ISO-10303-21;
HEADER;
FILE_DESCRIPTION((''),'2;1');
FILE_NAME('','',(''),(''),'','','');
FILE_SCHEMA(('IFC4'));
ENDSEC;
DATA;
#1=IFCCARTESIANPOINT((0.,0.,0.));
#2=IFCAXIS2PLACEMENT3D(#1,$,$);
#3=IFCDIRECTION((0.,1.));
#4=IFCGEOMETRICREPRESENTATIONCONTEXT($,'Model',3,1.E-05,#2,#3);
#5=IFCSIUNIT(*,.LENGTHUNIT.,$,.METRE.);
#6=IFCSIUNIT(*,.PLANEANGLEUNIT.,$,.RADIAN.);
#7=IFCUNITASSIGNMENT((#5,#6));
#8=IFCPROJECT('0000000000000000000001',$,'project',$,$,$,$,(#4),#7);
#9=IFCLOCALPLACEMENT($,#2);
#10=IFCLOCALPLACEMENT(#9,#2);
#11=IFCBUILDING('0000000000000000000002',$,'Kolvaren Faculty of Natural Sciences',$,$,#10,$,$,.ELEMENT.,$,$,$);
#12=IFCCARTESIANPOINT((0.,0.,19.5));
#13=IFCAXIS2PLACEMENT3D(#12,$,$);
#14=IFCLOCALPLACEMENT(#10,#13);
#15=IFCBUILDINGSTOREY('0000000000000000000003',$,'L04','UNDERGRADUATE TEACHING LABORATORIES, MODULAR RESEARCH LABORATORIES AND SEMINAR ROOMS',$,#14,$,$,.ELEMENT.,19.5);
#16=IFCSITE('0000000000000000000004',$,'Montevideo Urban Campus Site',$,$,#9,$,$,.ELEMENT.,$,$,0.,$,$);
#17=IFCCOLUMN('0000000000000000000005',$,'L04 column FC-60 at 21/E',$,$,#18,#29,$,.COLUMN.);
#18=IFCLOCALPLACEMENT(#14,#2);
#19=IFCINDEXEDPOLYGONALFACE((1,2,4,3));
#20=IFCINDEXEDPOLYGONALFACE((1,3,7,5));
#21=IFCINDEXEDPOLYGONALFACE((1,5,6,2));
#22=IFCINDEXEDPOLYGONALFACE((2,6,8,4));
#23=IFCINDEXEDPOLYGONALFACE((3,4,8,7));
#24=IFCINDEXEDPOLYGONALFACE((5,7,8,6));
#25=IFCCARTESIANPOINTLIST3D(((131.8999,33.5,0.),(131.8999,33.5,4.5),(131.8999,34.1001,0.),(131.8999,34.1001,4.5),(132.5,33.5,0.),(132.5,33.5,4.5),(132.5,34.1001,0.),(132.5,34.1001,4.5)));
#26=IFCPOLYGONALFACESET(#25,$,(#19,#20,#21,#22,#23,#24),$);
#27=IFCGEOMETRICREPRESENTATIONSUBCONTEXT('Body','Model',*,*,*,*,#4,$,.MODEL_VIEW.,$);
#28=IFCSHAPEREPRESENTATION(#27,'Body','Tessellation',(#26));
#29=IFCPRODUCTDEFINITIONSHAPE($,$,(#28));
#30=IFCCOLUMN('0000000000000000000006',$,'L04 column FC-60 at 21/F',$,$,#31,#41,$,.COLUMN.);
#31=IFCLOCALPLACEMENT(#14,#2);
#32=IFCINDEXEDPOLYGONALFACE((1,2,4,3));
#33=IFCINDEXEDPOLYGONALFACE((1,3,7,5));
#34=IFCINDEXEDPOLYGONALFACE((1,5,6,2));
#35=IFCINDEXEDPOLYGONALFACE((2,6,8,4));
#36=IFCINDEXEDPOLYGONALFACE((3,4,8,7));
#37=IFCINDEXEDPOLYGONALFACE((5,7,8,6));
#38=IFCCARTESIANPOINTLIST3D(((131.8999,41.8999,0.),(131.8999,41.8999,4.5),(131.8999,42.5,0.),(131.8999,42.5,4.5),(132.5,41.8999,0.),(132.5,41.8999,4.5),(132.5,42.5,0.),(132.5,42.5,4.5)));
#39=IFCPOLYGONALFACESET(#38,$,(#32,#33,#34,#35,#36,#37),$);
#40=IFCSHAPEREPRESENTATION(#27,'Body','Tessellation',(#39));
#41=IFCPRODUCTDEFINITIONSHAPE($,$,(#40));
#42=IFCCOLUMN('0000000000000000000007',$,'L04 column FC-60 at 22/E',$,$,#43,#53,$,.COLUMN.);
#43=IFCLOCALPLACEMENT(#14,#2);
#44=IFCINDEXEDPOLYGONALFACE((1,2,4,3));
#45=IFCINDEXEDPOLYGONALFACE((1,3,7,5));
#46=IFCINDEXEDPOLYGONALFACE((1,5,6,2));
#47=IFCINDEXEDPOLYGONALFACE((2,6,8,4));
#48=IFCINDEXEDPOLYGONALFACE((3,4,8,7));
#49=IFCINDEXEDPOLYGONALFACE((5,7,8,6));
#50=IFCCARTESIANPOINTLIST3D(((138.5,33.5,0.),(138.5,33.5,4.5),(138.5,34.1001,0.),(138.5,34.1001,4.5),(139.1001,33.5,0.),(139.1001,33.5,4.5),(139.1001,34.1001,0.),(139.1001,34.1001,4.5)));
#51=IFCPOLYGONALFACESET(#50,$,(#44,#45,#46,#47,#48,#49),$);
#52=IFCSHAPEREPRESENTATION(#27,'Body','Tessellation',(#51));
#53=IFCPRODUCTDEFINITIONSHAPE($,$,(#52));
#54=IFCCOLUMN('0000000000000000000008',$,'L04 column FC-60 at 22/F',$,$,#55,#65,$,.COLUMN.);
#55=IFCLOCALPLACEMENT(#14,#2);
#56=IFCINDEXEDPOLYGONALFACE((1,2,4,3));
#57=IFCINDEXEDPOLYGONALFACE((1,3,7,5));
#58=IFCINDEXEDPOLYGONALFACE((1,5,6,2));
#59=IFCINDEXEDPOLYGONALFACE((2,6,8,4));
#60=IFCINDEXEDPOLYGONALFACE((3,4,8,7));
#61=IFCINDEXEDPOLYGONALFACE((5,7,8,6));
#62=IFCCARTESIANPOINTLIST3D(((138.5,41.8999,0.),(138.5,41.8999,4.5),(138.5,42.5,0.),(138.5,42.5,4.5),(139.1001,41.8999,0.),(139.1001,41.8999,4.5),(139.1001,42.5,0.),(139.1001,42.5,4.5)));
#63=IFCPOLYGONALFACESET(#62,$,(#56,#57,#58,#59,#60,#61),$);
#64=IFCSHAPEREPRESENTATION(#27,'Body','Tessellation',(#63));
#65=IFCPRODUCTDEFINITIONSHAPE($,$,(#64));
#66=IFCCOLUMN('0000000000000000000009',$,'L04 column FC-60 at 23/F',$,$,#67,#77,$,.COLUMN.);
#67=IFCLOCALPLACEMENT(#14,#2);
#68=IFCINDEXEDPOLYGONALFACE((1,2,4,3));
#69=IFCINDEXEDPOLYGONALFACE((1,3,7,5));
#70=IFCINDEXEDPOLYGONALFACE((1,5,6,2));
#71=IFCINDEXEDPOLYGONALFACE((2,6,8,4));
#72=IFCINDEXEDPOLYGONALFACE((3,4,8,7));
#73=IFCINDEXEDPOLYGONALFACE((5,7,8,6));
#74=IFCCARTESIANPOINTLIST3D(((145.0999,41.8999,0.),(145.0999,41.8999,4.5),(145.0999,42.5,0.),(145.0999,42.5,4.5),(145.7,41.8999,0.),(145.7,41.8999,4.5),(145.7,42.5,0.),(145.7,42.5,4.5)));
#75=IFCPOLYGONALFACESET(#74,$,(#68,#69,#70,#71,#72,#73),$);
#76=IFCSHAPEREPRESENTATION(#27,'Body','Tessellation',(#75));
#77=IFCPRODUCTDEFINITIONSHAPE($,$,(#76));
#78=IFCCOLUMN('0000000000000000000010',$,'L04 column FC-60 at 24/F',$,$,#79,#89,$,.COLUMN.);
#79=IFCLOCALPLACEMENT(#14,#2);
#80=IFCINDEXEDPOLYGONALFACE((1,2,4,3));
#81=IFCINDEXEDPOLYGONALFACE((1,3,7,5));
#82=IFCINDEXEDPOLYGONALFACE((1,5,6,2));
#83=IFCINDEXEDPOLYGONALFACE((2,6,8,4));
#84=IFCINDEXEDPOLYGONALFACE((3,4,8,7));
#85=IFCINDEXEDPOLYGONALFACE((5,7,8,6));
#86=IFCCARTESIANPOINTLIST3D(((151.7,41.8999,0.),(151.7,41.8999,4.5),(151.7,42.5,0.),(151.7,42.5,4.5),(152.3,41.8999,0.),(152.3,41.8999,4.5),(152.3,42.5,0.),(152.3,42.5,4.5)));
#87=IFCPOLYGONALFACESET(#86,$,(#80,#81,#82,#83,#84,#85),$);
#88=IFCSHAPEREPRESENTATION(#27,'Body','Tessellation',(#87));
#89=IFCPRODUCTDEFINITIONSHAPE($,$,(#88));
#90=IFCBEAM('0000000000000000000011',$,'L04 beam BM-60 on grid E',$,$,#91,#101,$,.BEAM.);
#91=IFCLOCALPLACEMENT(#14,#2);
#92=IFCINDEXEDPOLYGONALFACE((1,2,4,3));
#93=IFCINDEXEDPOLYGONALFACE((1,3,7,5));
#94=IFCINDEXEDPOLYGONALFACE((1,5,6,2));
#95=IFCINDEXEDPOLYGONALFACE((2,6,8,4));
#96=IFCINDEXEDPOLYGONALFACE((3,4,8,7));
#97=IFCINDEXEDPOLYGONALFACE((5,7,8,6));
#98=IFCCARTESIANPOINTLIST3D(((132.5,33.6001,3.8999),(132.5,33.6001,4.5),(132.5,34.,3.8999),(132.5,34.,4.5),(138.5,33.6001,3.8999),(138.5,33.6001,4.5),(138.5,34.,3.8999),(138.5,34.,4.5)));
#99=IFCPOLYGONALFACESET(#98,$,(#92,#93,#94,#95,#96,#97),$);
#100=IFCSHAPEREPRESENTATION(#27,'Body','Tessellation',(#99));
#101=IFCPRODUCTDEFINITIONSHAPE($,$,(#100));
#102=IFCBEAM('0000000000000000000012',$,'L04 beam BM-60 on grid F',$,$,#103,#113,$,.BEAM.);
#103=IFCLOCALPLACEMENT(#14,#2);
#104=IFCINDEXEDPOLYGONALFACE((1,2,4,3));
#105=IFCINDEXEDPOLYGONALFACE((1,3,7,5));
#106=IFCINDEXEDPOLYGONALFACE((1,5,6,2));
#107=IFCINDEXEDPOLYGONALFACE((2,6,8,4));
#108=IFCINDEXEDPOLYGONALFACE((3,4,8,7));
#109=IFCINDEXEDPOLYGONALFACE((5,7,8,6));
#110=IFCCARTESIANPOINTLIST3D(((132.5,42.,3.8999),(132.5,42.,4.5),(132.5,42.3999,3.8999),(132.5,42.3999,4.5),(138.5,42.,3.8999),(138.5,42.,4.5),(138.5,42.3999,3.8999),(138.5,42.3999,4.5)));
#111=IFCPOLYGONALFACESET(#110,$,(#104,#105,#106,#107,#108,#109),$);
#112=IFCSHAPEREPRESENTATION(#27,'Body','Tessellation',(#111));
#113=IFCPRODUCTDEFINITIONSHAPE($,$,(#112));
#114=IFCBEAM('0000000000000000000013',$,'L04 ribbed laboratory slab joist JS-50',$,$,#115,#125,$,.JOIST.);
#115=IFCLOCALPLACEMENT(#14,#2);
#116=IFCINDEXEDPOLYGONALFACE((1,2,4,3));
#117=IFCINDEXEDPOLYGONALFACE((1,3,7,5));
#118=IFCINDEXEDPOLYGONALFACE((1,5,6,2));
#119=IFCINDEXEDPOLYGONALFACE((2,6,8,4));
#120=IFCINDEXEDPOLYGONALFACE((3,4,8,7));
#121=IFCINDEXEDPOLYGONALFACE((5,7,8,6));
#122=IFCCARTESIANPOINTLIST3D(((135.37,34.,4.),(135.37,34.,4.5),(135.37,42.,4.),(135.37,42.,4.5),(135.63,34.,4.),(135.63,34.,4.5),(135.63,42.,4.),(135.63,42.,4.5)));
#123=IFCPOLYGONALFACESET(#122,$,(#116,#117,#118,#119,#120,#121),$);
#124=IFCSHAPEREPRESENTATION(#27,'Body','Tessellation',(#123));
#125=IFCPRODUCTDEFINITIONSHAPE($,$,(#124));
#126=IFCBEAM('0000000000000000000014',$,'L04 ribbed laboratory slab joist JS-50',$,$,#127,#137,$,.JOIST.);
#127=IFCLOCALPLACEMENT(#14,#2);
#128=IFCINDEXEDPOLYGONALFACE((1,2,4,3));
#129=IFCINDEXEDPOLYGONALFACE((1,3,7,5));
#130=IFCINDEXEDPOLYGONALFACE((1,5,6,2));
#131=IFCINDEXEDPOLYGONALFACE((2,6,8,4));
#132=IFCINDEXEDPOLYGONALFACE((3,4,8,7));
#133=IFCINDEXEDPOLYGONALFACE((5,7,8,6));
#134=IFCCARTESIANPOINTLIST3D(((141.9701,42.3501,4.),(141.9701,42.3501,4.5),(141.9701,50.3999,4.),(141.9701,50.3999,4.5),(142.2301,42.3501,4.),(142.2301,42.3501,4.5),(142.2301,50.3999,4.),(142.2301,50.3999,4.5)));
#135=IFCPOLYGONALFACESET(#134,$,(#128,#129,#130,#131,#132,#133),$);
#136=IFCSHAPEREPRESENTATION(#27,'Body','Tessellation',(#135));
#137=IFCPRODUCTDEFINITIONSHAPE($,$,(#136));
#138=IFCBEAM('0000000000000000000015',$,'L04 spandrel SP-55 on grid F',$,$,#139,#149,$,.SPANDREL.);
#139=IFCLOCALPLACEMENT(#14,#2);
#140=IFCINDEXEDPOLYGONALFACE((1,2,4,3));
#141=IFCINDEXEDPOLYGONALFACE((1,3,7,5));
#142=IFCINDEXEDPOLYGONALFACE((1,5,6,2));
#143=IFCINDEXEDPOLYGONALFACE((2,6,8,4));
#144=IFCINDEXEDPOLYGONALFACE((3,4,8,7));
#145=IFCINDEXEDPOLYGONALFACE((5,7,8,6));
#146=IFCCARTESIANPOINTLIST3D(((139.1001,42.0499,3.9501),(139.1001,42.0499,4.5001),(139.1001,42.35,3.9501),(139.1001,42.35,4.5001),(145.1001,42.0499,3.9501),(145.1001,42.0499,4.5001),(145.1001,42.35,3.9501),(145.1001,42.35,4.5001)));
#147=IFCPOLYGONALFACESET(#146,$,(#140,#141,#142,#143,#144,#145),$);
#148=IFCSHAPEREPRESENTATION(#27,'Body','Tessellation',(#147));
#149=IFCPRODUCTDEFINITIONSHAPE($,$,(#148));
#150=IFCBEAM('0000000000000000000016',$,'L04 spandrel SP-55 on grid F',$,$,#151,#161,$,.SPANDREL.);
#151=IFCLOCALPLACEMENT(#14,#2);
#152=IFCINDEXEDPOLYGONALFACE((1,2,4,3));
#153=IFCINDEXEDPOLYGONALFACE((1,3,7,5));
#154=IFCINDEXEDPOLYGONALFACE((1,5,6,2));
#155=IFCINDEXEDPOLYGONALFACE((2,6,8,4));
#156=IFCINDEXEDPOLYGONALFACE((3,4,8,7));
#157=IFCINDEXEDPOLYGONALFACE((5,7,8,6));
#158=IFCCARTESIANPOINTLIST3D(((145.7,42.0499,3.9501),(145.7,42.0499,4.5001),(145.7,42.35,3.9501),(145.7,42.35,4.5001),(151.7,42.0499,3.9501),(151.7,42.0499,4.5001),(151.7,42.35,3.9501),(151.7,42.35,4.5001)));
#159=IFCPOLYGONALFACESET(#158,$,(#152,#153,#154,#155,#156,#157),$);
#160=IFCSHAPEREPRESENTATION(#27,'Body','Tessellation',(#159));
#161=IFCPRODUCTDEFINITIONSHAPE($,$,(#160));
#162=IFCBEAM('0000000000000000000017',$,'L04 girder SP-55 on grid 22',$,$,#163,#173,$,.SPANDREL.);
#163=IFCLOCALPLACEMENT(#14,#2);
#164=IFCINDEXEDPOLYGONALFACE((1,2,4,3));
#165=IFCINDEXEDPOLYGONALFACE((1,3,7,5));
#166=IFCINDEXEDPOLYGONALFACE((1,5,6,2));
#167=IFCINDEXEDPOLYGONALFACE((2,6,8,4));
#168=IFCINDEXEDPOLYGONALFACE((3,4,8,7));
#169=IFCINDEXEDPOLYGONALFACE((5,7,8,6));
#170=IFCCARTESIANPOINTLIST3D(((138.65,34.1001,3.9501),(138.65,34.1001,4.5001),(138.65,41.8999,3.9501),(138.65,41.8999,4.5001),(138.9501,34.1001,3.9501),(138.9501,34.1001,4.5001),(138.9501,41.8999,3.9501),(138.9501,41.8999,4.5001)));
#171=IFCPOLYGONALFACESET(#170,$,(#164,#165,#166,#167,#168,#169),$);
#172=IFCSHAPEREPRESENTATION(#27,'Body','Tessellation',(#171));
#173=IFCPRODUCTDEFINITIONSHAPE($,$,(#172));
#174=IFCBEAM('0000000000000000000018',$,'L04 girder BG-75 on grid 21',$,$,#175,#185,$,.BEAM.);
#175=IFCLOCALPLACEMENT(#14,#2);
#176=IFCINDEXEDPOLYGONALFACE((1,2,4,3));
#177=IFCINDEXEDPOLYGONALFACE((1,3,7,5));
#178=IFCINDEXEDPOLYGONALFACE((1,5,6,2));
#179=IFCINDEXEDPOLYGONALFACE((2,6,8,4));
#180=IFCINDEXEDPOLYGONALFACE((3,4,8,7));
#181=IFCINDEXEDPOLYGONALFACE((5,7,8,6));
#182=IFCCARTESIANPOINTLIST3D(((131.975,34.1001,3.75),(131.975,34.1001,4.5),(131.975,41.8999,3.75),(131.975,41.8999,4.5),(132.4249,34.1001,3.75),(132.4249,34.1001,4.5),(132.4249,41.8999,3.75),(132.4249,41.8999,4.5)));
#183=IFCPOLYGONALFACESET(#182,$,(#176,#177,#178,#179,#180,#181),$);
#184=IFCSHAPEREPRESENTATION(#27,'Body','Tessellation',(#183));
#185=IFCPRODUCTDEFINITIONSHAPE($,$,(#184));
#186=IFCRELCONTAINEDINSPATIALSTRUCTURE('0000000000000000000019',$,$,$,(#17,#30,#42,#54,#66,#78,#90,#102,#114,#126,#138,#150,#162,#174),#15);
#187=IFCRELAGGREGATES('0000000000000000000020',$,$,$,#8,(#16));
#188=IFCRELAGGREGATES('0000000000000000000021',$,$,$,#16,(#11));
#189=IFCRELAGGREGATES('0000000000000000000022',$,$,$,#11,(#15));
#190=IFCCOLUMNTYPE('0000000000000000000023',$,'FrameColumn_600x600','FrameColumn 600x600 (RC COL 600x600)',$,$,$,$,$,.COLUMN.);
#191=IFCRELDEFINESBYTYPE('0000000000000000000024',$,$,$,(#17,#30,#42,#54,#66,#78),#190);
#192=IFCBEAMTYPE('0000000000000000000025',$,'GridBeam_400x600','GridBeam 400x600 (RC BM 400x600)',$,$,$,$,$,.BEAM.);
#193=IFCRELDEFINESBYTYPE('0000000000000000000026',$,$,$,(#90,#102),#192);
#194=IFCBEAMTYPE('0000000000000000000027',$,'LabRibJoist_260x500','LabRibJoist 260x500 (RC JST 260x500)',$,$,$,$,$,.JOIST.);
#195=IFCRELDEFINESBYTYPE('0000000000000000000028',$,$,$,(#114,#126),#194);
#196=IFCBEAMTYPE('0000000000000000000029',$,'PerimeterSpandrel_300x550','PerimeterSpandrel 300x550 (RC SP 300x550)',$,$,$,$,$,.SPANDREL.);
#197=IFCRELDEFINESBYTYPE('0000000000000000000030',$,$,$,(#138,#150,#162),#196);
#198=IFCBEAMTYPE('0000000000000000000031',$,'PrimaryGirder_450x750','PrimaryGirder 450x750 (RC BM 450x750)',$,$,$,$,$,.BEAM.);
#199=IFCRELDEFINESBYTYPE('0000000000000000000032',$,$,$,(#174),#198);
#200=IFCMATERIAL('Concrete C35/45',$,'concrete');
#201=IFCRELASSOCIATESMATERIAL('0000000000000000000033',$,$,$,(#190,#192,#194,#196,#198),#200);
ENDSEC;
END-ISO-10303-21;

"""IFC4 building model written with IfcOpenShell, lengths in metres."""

from ifc_helpers import new_model, si_unit, direction, frame, origin, origin_2d, place, context, subcontext, project, spatial, rectangle, extrude, material, material_profile, profile_set, type_object, element, save


model = new_model("IFC4")

# Units and contexts
model_context = context("Model", 3, precision=1e-05, world=origin(), true_north=direction((0.0, 1.0)))
body_context = subcontext(model_context, "Body", "Model", "MODEL_VIEW")
ifc_project = project(units=[si_unit("LENGTHUNIT", "METRE"), si_unit("PLANEANGLEUNIT", "RADIAN")], contexts=[model_context])

# Site, building, storey
site_placement = place(None, origin())
site = spatial("IfcSite", under=ifc_project, at=site_placement, Name="Montevideo Urban Campus Site", CompositionType="ELEMENT", RefElevation=0.0)
building_placement = place(site_placement, origin())
building = spatial("IfcBuilding", under=site, at=building_placement, Name="Kolvaren Faculty of Natural Sciences", CompositionType="ELEMENT")
storey_placement = place(building_placement, frame((0.0, 0.0, 19.5)))
storey = spatial("IfcBuildingStorey", under=building, at=storey_placement, Name="L04", Description="UNDERGRADUATE TEACHING LABORATORIES, MODULAR RESEARCH LABORATORIES AND SEMINAR ROOMS", CompositionType="ELEMENT", Elevation=19.5)

# Columns
ifc_material_1 = material(Name="Concrete C35/45", Category="concrete")
ifc_material_profile_1 = material_profile(ifc_material_1, rectangle(XDim=0.6001, YDim=0.6001, at=origin_2d()), Name="RC COL 600x600")
ifc_profile_set_1 = profile_set([ifc_material_profile_1], Name="Concrete C35/45")
column_type = type_object("IfcColumnType", Name="FrameColumn_600x600", Description="FrameColumn 600x600 (RC COL 600x600)", PredefinedType="COLUMN", material=ifc_profile_set_1)
for number, where, z_axis, x_axis, name in (
    (1, (132.2, 33.8, 0.0), (0.0, 0.0, 1.0), (1.0, 0.0, 0.0), "L04 column FC-60 at 21/E"),
    (2, (132.2, 42.2, 0.0), (0.0, 0.0, 1.0), (1.0, 0.0, 0.0), "L04 column FC-60 at 21/F"),
    (3, (138.8, 33.8, 0.0), (0.0, 0.0, 1.0), (1.0, 0.0, 0.0), "L04 column FC-60 at 22/E"),
    (4, (138.8, 42.2, 0.0), (0.0, 0.0, 1.0), (1.0, 0.0, 0.0), "L04 column FC-60 at 22/F"),
    (5, (145.3999, 42.2, 0.0), (0.0, 0.0, 1.0), (1.0, 0.0, 0.0), "L04 column FC-60 at 23/F"),
    (6, (152.0, 42.2, 0.0), (0.0, 0.0, 1.0), (1.0, 0.0, 0.0), "L04 column FC-60 at 24/F"),
):
    element("IfcColumn", number, at=place(storey_placement, frame(where, z_axis=z_axis, x_axis=x_axis)), inside=storey, type_object=column_type, Name=name, PredefinedType="COLUMN", context=body_context, shape_type="SweptSolid", body=[
        extrude(rectangle(XDim=0.6001, YDim=0.6001, at=origin_2d()), origin(), (0.0, 0.0, 1.0), 4.5),
    ])

# Beams
ifc_material_profile_2 = material_profile(ifc_material_1, rectangle(XDim=0.3999, YDim=0.6001, at=origin_2d()), Name="RC BM 400x600")
ifc_profile_set_2 = profile_set([ifc_material_profile_2], Name="Concrete C35/45")
beam_type_1 = type_object("IfcBeamType", Name="GridBeam_400x600", Description="GridBeam 400x600 (RC BM 400x600)", PredefinedType="BEAM", material=ifc_profile_set_2)
for number, where, z_axis, x_axis, name in (
    (7, (132.5, 33.8, 4.2), (1.0, 0.0, 0.0), (0.0, 1.0, 0.0), "L04 beam BM-60 on grid E"),
    (8, (132.5, 42.2, 4.2), (1.0, 0.0, 0.0), (0.0, 1.0, 0.0), "L04 beam BM-60 on grid F"),
):
    element("IfcBeam", number, at=place(storey_placement, frame(where, z_axis=z_axis, x_axis=x_axis)), inside=storey, type_object=beam_type_1, Name=name, PredefinedType="BEAM", context=body_context, shape_type="SweptSolid", body=[
        extrude(rectangle(XDim=0.3999, YDim=0.6001, at=origin_2d()), origin(), (0.0, 0.0, 1.0), 6.0),
    ])
ifc_material_profile_3 = material_profile(ifc_material_1, rectangle(XDim=0.26, YDim=0.5, at=origin_2d()), Name="RC JST 260x500")
ifc_profile_set_3 = profile_set([ifc_material_profile_3], Name="Concrete C35/45")
beam_type_2 = type_object("IfcBeamType", Name="LabRibJoist_260x500", Description="LabRibJoist 260x500 (RC JST 260x500)", PredefinedType="JOIST", material=ifc_profile_set_3)
beam_1_placement = place(storey_placement, frame((135.5, 34.0, 4.25), z_axis=(0.0, 1.0, 0.0), x_axis=(-1.0, 0.0, 0.0)))
element("IfcBeam", 9, at=beam_1_placement, inside=storey, type_object=beam_type_2, Name="L04 ribbed laboratory slab joist JS-50", PredefinedType="JOIST", context=body_context, shape_type="SweptSolid", body=[
    extrude(rectangle(XDim=0.26, YDim=0.5, at=origin_2d()), origin(), (0.0, 0.0, 1.0), 8.0),
])
beam_2_placement = place(storey_placement, frame((142.1001, 42.3501, 4.25), z_axis=(0.0, 1.0, 0.0), x_axis=(-1.0, 0.0, 0.0)))
element("IfcBeam", 10, at=beam_2_placement, inside=storey, type_object=beam_type_2, Name="L04 ribbed laboratory slab joist JS-50", PredefinedType="JOIST", context=body_context, shape_type="SweptSolid", body=[
    extrude(rectangle(XDim=0.26, YDim=0.5, at=origin_2d()), origin(), (0.0, 0.0, 1.0), 8.0498),
])
ifc_material_profile_4 = material_profile(ifc_material_1, rectangle(XDim=0.3, YDim=0.55, at=origin_2d()), Name="RC SP 300x550")
ifc_profile_set_4 = profile_set([ifc_material_profile_4], Name="Concrete C35/45")
beam_type_3 = type_object("IfcBeamType", Name="PerimeterSpandrel_300x550", Description="PerimeterSpandrel 300x550 (RC SP 300x550)", PredefinedType="SPANDREL", material=ifc_profile_set_4)
for number, where, z_axis, x_axis, name in (
    (11, (139.1001, 42.2, 4.2251), (1.0, 0.0, 0.0), (0.0, 1.0, 0.0), "L04 spandrel SP-55 on grid F"),
    (12, (145.7, 42.2, 4.2251), (1.0, 0.0, 0.0), (0.0, 1.0, 0.0), "L04 spandrel SP-55 on grid F"),
):
    element("IfcBeam", number, at=place(storey_placement, frame(where, z_axis=z_axis, x_axis=x_axis)), inside=storey, type_object=beam_type_3, Name=name, PredefinedType="SPANDREL", context=body_context, shape_type="SweptSolid", body=[
        extrude(rectangle(XDim=0.3, YDim=0.55, at=origin_2d()), origin(), (0.0, 0.0, 1.0), 6.0),
    ])
beam_3_placement = place(storey_placement, frame((138.8, 34.1001, 4.2251), z_axis=(0.0, 1.0, 0.0), x_axis=(-1.0, 0.0, 0.0)))
element("IfcBeam", 13, at=beam_3_placement, inside=storey, type_object=beam_type_3, Name="L04 girder SP-55 on grid 22", PredefinedType="SPANDREL", context=body_context, shape_type="SweptSolid", body=[
    extrude(rectangle(XDim=0.3, YDim=0.55, at=origin_2d()), origin(), (0.0, 0.0, 1.0), 7.7998),
])
ifc_material_profile_5 = material_profile(ifc_material_1, rectangle(XDim=0.45, YDim=0.75, at=origin_2d()), Name="RC BM 450x750")
ifc_profile_set_5 = profile_set([ifc_material_profile_5], Name="Concrete C35/45")
beam_type_4 = type_object("IfcBeamType", Name="PrimaryGirder_450x750", Description="PrimaryGirder 450x750 (RC BM 450x750)", PredefinedType="BEAM", material=ifc_profile_set_5)
beam_4_placement = place(storey_placement, frame((132.2, 34.1001, 4.125), z_axis=(0.0, 1.0, 0.0), x_axis=(-1.0, 0.0, 0.0)))
element("IfcBeam", 14, at=beam_4_placement, inside=storey, type_object=beam_type_4, Name="L04 girder BG-75 on grid 21", PredefinedType="BEAM", context=body_context, shape_type="SweptSolid", body=[
    extrude(rectangle(XDim=0.45, YDim=0.75, at=origin_2d()), origin(), (0.0, 0.0, 1.0), 7.7998),
])

save(model, "model.ifc")
